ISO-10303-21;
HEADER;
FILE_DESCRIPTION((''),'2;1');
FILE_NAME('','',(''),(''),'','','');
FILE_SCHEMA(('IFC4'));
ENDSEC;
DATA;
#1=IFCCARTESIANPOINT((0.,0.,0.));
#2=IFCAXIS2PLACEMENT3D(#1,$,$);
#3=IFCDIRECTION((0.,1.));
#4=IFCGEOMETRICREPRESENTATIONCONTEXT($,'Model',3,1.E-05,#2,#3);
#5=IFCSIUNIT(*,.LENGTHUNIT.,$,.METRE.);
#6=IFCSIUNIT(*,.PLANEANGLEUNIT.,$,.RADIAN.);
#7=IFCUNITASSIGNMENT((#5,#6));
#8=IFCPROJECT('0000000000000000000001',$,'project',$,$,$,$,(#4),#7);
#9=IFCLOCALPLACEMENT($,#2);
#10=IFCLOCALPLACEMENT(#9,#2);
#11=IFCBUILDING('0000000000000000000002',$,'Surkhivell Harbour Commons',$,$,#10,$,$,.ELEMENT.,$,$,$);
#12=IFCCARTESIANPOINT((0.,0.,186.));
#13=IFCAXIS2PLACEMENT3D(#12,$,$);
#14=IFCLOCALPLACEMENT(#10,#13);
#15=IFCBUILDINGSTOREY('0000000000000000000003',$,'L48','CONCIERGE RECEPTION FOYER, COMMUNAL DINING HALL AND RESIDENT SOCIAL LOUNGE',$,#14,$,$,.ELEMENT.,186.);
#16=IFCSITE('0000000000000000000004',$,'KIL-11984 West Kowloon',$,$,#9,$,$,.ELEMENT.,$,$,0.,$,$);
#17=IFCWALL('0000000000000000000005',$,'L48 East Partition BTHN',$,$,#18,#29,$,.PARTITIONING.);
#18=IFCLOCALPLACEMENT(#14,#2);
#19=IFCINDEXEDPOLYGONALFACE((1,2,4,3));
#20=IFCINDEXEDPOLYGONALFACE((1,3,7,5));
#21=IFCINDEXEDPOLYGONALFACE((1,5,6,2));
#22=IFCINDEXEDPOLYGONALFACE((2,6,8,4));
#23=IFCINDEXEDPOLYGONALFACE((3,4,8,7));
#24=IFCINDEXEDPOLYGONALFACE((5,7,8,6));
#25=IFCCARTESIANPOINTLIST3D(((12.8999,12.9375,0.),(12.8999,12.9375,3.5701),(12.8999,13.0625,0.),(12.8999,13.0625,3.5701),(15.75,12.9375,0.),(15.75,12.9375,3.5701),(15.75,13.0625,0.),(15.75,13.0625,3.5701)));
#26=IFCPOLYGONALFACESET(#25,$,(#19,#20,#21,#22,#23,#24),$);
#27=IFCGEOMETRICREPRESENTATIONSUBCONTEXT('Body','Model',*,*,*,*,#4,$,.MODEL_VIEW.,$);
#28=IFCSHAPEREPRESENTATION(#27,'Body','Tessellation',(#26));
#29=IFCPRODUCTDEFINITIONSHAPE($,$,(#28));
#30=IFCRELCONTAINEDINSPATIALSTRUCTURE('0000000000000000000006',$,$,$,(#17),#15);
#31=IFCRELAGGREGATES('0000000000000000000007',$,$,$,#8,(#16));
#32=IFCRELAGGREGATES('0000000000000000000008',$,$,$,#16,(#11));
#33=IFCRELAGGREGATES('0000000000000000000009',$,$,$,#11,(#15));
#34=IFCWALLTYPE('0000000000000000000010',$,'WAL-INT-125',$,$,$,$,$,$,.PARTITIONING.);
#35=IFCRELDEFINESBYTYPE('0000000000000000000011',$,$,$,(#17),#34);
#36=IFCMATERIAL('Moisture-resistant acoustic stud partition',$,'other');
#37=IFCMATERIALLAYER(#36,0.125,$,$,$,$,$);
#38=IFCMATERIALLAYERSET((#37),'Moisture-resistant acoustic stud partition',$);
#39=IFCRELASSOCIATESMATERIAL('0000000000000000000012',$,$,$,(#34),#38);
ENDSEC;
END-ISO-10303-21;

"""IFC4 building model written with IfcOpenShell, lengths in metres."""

from ifc_helpers import new_model, si_unit, direction, frame, frame_2d, origin, place, context, subcontext, project, spatial, rectangle, extrude, material, layer, layer_set, type_object, element, save


model = new_model("IFC4")

# Units and contexts
model_context = context("Model", 3, precision=1e-05, world=origin(), true_north=direction((0.0, 1.0)))
body_context = subcontext(model_context, "Body", "Model", "MODEL_VIEW")
ifc_project = project(units=[si_unit("LENGTHUNIT", "METRE"), si_unit("PLANEANGLEUNIT", "RADIAN")], contexts=[model_context])

# Site, building, storey
site_placement = place(None, origin())
site = spatial("IfcSite", under=ifc_project, at=site_placement, Name="KIL-11984 West Kowloon", CompositionType="ELEMENT", RefElevation=0.0)
building_placement = place(site_placement, origin())
building = spatial("IfcBuilding", under=site, at=building_placement, Name="Surkhivell Harbour Commons", CompositionType="ELEMENT")
storey_placement = place(building_placement, frame((0.0, 0.0, 186.0)))
storey = spatial("IfcBuildingStorey", under=building, at=storey_placement, Name="L48", Description="CONCIERGE RECEPTION FOYER, COMMUNAL DINING HALL AND RESIDENT SOCIAL LOUNGE", CompositionType="ELEMENT", Elevation=186.0)

# Wall
ifc_material_1 = material(Name="Moisture-resistant acoustic stud partition", Category="other")
ifc_layer_1 = layer(ifc_material_1, 0.125)
ifc_layer_set_1 = layer_set([ifc_layer_1], Name="Moisture-resistant acoustic stud partition")
wall_type_1 = type_object("IfcWallType", Name="WAL-INT-125", PredefinedType="PARTITIONING", material=ifc_layer_set_1)
wall_1_placement = place(storey_placement, frame((12.8999, 13.0, 0.0), z_axis=(0.0, 0.0, 1.0), x_axis=(1.0, 0.0, 0.0)))
element("IfcWall", 1, at=wall_1_placement, inside=storey, type_object=wall_type_1, Name="L48 East Partition BTHN", PredefinedType="PARTITIONING", context=body_context, shape_type="SweptSolid", body=[
    extrude(rectangle(XDim=2.8501, YDim=0.125, at=frame_2d((1.425, 0.0))), origin(), (0.0, 0.0, 1.0), 3.5701),
])

save(model, "model.ifc")
